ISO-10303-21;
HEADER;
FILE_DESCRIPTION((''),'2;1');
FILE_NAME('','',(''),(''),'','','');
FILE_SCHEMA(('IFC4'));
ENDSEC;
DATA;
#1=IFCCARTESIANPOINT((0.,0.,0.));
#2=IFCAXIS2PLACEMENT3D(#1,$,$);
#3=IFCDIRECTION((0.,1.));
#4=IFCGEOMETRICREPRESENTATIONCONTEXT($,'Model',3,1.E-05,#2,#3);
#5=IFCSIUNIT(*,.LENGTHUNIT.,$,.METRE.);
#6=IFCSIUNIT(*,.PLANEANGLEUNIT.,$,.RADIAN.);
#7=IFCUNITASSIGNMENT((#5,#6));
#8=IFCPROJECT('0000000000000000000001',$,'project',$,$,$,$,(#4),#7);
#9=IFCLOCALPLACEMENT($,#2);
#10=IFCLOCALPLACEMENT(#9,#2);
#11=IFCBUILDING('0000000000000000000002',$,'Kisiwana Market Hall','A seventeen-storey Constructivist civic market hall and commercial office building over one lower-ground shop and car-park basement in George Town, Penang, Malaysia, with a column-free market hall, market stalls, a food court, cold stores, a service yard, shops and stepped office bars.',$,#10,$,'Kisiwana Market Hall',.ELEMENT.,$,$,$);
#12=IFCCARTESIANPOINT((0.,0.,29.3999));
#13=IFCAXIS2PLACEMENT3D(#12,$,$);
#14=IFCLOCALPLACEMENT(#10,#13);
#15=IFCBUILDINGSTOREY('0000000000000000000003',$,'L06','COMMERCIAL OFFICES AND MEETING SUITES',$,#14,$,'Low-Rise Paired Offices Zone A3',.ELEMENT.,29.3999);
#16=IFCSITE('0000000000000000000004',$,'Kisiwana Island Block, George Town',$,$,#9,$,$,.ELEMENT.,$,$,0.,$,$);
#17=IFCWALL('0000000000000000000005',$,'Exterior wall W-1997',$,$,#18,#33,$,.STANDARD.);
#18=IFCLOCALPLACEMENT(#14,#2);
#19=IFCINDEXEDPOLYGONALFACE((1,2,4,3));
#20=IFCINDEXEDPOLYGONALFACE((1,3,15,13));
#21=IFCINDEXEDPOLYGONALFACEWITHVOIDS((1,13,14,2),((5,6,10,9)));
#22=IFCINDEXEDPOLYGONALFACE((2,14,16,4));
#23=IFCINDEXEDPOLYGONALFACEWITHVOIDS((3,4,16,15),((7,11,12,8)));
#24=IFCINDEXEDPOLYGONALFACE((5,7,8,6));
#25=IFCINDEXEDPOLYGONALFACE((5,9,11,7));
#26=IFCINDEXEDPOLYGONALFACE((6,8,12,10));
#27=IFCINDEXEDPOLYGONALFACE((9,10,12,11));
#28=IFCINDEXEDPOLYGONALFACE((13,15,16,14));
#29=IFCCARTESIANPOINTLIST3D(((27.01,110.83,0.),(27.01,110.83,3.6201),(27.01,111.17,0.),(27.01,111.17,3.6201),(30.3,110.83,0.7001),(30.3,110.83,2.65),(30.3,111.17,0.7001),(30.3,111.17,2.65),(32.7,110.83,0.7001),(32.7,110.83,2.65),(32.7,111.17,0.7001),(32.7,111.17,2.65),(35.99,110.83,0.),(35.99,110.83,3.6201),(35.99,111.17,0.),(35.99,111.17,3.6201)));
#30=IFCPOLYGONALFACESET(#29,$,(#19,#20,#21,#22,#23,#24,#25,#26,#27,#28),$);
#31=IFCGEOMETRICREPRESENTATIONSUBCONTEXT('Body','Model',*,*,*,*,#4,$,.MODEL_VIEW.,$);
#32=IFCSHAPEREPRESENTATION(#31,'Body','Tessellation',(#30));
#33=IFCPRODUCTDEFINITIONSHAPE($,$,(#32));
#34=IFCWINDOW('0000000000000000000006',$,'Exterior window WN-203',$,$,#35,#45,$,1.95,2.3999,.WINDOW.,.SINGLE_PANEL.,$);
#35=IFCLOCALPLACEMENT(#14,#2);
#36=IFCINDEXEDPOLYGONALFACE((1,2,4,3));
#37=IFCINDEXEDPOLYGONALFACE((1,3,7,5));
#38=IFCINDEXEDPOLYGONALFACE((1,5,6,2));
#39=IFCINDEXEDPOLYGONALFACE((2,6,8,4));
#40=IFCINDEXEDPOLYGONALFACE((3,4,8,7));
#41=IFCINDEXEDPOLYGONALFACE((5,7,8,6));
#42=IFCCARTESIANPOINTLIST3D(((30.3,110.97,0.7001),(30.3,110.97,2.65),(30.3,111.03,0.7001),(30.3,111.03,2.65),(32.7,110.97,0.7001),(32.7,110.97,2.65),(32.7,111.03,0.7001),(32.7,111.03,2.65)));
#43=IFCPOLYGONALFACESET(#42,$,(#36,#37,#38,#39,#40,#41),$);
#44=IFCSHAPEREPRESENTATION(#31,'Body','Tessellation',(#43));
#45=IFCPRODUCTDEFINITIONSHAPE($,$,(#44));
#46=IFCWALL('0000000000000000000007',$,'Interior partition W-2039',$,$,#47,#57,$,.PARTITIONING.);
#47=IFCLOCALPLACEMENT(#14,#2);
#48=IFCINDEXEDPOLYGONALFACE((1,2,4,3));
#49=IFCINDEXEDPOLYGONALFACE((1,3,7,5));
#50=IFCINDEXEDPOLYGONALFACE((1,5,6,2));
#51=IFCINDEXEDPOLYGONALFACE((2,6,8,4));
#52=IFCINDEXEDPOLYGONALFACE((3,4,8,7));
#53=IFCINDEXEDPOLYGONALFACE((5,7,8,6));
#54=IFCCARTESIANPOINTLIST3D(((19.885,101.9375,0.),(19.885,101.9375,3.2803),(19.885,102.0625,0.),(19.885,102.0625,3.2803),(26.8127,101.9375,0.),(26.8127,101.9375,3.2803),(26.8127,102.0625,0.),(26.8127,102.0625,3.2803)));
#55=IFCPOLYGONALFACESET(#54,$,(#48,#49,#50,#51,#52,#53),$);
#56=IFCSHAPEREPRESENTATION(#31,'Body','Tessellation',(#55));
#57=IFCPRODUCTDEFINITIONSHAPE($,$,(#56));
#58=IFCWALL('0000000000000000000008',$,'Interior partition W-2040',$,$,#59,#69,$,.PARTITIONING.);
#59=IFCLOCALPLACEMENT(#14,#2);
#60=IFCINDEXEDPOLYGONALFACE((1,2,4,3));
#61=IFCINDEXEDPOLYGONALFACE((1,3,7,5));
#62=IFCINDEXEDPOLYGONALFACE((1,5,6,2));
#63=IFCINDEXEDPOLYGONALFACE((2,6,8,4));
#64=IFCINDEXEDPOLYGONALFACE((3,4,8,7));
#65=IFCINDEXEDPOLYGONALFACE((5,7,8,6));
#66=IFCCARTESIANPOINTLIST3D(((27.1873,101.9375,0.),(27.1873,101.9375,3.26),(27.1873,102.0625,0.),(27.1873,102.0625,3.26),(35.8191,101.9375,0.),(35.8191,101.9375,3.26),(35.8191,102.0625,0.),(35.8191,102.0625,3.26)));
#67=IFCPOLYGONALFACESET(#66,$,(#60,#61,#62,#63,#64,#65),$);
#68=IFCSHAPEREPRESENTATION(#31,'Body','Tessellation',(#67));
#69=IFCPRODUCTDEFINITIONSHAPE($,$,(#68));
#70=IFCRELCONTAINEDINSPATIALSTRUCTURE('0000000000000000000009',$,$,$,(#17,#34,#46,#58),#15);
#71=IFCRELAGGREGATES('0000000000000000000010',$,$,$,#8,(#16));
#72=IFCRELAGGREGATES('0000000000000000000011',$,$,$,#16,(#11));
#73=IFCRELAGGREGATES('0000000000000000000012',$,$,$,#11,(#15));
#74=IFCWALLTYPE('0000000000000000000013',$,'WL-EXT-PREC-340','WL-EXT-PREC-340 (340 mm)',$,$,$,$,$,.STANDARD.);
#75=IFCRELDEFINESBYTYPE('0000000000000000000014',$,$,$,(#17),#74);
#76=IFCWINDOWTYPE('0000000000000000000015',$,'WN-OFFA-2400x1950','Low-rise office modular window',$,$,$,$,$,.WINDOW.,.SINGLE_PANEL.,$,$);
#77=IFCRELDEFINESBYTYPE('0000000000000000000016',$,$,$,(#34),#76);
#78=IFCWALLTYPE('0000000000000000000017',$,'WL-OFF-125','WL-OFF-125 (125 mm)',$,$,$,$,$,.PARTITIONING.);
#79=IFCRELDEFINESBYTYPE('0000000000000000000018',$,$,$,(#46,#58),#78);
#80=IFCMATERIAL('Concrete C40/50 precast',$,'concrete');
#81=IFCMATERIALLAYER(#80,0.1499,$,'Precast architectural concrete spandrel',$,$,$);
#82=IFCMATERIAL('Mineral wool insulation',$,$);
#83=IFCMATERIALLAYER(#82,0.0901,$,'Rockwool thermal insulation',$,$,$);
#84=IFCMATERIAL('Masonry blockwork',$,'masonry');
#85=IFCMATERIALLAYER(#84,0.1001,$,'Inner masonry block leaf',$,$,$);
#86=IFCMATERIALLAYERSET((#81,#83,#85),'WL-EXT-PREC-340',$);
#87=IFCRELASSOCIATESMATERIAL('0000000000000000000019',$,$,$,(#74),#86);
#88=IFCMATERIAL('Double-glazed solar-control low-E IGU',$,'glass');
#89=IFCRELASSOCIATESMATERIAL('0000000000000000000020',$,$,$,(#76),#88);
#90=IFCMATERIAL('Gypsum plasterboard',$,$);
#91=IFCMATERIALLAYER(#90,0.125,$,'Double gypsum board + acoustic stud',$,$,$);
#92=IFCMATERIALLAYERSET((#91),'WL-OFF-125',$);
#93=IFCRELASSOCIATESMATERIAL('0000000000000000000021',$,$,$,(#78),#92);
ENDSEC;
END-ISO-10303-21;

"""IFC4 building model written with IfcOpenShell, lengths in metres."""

from ifc_helpers import new_model, si_unit, direction, frame, frame_2d, origin, place, context, subcontext, project, spatial, rectangle, extrude, material, layer, layer_set, type_object, element, fill, save


model = new_model("IFC4")

# Units and contexts
model_context = context("Model", 3, precision=1e-05, world=origin(), true_north=direction((0.0, 1.0)))
body_context = subcontext(model_context, "Body", "Model", "MODEL_VIEW")
ifc_project = project(units=[si_unit("LENGTHUNIT", "METRE"), si_unit("PLANEANGLEUNIT", "RADIAN")], contexts=[model_context])

# Site, building, storey
site_placement = place(None, origin())
site = spatial("IfcSite", under=ifc_project, at=site_placement, Name="Kisiwana Island Block, George Town", CompositionType="ELEMENT", RefElevation=0.0)
building_placement = place(site_placement, origin())
building = spatial("IfcBuilding", under=site, at=building_placement, Name="Kisiwana Market Hall", Description="A seventeen-storey Constructivist civic market hall and commercial office building over one lower-ground shop and car-park basement in George Town, Penang, Malaysia, with a column-free market hall, market stalls, a food court, cold stores, a service yard, shops and stepped office bars.", LongName="Kisiwana Market Hall", CompositionType="ELEMENT")
storey_placement = place(building_placement, frame((0.0, 0.0, 29.3999)))
storey = spatial("IfcBuildingStorey", under=building, at=storey_placement, Name="L06", Description="COMMERCIAL OFFICES AND MEETING SUITES", LongName="Low-Rise Paired Offices Zone A3", CompositionType="ELEMENT", Elevation=29.3999)

# Wall, opening, window
ifc_material_1 = material(Name="Concrete C40/50 precast", Category="concrete")
ifc_layer_1 = layer(ifc_material_1, 0.1499, Name="Precast architectural concrete spandrel")
ifc_material_2 = material(Name="Mineral wool insulation")
ifc_layer_2 = layer(ifc_material_2, 0.0901, Name="Rockwool thermal insulation")
ifc_material_3 = material(Name="Masonry blockwork", Category="masonry")
ifc_layer_3 = layer(ifc_material_3, 0.1001, Name="Inner masonry block leaf")
ifc_layer_set_1 = layer_set([ifc_layer_1, ifc_layer_2, ifc_layer_3], Name="WL-EXT-PREC-340")
wall_type_1 = type_object("IfcWallType", Name="WL-EXT-PREC-340", Description="WL-EXT-PREC-340 (340 mm)", PredefinedType="STANDARD", material=ifc_layer_set_1)
wall_1_placement = place(storey_placement, frame((27.01, 111.0, 0.0), z_axis=(0.0, 0.0, 1.0), x_axis=(1.0, 0.0, 0.0)))
wall_1 = element("IfcWall", 1, at=wall_1_placement, inside=storey, type_object=wall_type_1, Name="Exterior wall W-1997", PredefinedType="STANDARD", context=body_context, shape_type="SweptSolid", body=[
    extrude(rectangle(XDim=8.98, YDim=0.3401, at=frame_2d((4.49, 0.0))), origin(), (0.0, 0.0, 1.0), 3.6201),
])
opening_1_placement = place(wall_1_placement, frame((3.29, 0.0, 0.7)))
opening_1 = element("IfcOpeningElement", 2, at=opening_1_placement, cuts=wall_1, PredefinedType="OPENING", context=body_context, shape_type="SweptSolid", body=[
    extrude(rectangle(XDim=2.3999, YDim=1.95, at=frame_2d((1.2, 0.9751))), frame((0.0, 0.1821, 0.0), z_axis=(0.0, -1.0, 0.0), x_axis=(1.0, 0.0, 0.0)), (0.0, 0.0, 1.0), 0.364),
])
ifc_material_4 = material(Name="Double-glazed solar-control low-E IGU", Category="glass")
window_type_1 = type_object("IfcWindowType", Name="WN-OFFA-2400x1950", Description="Low-rise office modular window", PartitioningType="SINGLE_PANEL", PredefinedType="WINDOW", material=ifc_material_4)
window_1_placement = place(opening_1_placement, origin())
window_1 = element("IfcWindow", 3, at=window_1_placement, inside=storey, type_object=window_type_1, Name="Exterior window WN-203", OverallHeight=1.95, OverallWidth=2.3999, PartitioningType="SINGLE_PANEL", PredefinedType="WINDOW", context=body_context, shape_type="SweptSolid", body=[
    extrude(rectangle(XDim=2.3999, YDim=1.95, at=frame_2d((1.2, 0.9751))), frame((0.0, 0.03, 0.0), z_axis=(0.0, -1.0, 0.0), x_axis=(1.0, 0.0, 0.0)), (0.0, 0.0, 1.0), 0.0601),
])
fill(opening_1, window_1)

# Walls
ifc_material_5 = material(Name="Gypsum plasterboard")
ifc_layer_4 = layer(ifc_material_5, 0.125, Name="Double gypsum board + acoustic stud")
ifc_layer_set_2 = layer_set([ifc_layer_4], Name="WL-OFF-125")
wall_type_2 = type_object("IfcWallType", Name="WL-OFF-125", Description="WL-OFF-125 (125 mm)", PredefinedType="PARTITIONING", material=ifc_layer_set_2)
wall_2_placement = place(storey_placement, frame((19.885, 102.0, 0.0), z_axis=(0.0, 0.0, 1.0), x_axis=(1.0, 0.0, 0.0)))
element("IfcWall", 4, at=wall_2_placement, inside=storey, type_object=wall_type_2, Name="Interior partition W-2039", PredefinedType="PARTITIONING", context=body_context, shape_type="SweptSolid", body=[
    extrude(rectangle(XDim=6.9277, YDim=0.125, at=frame_2d((3.4639, 0.0))), origin(), (0.0, 0.0, 1.0), 3.2803),
])
wall_3_placement = place(storey_placement, frame((27.1873, 102.0, 0.0), z_axis=(0.0, 0.0, 1.0), x_axis=(1.0, 0.0, 0.0)))
element("IfcWall", 5, at=wall_3_placement, inside=storey, type_object=wall_type_2, Name="Interior partition W-2040", PredefinedType="PARTITIONING", context=body_context, shape_type="SweptSolid", body=[
    extrude(rectangle(XDim=8.6318, YDim=0.125, at=frame_2d((4.3159, 0.0))), origin(), (0.0, 0.0, 1.0), 3.26),
])

save(model, "model.ifc")
